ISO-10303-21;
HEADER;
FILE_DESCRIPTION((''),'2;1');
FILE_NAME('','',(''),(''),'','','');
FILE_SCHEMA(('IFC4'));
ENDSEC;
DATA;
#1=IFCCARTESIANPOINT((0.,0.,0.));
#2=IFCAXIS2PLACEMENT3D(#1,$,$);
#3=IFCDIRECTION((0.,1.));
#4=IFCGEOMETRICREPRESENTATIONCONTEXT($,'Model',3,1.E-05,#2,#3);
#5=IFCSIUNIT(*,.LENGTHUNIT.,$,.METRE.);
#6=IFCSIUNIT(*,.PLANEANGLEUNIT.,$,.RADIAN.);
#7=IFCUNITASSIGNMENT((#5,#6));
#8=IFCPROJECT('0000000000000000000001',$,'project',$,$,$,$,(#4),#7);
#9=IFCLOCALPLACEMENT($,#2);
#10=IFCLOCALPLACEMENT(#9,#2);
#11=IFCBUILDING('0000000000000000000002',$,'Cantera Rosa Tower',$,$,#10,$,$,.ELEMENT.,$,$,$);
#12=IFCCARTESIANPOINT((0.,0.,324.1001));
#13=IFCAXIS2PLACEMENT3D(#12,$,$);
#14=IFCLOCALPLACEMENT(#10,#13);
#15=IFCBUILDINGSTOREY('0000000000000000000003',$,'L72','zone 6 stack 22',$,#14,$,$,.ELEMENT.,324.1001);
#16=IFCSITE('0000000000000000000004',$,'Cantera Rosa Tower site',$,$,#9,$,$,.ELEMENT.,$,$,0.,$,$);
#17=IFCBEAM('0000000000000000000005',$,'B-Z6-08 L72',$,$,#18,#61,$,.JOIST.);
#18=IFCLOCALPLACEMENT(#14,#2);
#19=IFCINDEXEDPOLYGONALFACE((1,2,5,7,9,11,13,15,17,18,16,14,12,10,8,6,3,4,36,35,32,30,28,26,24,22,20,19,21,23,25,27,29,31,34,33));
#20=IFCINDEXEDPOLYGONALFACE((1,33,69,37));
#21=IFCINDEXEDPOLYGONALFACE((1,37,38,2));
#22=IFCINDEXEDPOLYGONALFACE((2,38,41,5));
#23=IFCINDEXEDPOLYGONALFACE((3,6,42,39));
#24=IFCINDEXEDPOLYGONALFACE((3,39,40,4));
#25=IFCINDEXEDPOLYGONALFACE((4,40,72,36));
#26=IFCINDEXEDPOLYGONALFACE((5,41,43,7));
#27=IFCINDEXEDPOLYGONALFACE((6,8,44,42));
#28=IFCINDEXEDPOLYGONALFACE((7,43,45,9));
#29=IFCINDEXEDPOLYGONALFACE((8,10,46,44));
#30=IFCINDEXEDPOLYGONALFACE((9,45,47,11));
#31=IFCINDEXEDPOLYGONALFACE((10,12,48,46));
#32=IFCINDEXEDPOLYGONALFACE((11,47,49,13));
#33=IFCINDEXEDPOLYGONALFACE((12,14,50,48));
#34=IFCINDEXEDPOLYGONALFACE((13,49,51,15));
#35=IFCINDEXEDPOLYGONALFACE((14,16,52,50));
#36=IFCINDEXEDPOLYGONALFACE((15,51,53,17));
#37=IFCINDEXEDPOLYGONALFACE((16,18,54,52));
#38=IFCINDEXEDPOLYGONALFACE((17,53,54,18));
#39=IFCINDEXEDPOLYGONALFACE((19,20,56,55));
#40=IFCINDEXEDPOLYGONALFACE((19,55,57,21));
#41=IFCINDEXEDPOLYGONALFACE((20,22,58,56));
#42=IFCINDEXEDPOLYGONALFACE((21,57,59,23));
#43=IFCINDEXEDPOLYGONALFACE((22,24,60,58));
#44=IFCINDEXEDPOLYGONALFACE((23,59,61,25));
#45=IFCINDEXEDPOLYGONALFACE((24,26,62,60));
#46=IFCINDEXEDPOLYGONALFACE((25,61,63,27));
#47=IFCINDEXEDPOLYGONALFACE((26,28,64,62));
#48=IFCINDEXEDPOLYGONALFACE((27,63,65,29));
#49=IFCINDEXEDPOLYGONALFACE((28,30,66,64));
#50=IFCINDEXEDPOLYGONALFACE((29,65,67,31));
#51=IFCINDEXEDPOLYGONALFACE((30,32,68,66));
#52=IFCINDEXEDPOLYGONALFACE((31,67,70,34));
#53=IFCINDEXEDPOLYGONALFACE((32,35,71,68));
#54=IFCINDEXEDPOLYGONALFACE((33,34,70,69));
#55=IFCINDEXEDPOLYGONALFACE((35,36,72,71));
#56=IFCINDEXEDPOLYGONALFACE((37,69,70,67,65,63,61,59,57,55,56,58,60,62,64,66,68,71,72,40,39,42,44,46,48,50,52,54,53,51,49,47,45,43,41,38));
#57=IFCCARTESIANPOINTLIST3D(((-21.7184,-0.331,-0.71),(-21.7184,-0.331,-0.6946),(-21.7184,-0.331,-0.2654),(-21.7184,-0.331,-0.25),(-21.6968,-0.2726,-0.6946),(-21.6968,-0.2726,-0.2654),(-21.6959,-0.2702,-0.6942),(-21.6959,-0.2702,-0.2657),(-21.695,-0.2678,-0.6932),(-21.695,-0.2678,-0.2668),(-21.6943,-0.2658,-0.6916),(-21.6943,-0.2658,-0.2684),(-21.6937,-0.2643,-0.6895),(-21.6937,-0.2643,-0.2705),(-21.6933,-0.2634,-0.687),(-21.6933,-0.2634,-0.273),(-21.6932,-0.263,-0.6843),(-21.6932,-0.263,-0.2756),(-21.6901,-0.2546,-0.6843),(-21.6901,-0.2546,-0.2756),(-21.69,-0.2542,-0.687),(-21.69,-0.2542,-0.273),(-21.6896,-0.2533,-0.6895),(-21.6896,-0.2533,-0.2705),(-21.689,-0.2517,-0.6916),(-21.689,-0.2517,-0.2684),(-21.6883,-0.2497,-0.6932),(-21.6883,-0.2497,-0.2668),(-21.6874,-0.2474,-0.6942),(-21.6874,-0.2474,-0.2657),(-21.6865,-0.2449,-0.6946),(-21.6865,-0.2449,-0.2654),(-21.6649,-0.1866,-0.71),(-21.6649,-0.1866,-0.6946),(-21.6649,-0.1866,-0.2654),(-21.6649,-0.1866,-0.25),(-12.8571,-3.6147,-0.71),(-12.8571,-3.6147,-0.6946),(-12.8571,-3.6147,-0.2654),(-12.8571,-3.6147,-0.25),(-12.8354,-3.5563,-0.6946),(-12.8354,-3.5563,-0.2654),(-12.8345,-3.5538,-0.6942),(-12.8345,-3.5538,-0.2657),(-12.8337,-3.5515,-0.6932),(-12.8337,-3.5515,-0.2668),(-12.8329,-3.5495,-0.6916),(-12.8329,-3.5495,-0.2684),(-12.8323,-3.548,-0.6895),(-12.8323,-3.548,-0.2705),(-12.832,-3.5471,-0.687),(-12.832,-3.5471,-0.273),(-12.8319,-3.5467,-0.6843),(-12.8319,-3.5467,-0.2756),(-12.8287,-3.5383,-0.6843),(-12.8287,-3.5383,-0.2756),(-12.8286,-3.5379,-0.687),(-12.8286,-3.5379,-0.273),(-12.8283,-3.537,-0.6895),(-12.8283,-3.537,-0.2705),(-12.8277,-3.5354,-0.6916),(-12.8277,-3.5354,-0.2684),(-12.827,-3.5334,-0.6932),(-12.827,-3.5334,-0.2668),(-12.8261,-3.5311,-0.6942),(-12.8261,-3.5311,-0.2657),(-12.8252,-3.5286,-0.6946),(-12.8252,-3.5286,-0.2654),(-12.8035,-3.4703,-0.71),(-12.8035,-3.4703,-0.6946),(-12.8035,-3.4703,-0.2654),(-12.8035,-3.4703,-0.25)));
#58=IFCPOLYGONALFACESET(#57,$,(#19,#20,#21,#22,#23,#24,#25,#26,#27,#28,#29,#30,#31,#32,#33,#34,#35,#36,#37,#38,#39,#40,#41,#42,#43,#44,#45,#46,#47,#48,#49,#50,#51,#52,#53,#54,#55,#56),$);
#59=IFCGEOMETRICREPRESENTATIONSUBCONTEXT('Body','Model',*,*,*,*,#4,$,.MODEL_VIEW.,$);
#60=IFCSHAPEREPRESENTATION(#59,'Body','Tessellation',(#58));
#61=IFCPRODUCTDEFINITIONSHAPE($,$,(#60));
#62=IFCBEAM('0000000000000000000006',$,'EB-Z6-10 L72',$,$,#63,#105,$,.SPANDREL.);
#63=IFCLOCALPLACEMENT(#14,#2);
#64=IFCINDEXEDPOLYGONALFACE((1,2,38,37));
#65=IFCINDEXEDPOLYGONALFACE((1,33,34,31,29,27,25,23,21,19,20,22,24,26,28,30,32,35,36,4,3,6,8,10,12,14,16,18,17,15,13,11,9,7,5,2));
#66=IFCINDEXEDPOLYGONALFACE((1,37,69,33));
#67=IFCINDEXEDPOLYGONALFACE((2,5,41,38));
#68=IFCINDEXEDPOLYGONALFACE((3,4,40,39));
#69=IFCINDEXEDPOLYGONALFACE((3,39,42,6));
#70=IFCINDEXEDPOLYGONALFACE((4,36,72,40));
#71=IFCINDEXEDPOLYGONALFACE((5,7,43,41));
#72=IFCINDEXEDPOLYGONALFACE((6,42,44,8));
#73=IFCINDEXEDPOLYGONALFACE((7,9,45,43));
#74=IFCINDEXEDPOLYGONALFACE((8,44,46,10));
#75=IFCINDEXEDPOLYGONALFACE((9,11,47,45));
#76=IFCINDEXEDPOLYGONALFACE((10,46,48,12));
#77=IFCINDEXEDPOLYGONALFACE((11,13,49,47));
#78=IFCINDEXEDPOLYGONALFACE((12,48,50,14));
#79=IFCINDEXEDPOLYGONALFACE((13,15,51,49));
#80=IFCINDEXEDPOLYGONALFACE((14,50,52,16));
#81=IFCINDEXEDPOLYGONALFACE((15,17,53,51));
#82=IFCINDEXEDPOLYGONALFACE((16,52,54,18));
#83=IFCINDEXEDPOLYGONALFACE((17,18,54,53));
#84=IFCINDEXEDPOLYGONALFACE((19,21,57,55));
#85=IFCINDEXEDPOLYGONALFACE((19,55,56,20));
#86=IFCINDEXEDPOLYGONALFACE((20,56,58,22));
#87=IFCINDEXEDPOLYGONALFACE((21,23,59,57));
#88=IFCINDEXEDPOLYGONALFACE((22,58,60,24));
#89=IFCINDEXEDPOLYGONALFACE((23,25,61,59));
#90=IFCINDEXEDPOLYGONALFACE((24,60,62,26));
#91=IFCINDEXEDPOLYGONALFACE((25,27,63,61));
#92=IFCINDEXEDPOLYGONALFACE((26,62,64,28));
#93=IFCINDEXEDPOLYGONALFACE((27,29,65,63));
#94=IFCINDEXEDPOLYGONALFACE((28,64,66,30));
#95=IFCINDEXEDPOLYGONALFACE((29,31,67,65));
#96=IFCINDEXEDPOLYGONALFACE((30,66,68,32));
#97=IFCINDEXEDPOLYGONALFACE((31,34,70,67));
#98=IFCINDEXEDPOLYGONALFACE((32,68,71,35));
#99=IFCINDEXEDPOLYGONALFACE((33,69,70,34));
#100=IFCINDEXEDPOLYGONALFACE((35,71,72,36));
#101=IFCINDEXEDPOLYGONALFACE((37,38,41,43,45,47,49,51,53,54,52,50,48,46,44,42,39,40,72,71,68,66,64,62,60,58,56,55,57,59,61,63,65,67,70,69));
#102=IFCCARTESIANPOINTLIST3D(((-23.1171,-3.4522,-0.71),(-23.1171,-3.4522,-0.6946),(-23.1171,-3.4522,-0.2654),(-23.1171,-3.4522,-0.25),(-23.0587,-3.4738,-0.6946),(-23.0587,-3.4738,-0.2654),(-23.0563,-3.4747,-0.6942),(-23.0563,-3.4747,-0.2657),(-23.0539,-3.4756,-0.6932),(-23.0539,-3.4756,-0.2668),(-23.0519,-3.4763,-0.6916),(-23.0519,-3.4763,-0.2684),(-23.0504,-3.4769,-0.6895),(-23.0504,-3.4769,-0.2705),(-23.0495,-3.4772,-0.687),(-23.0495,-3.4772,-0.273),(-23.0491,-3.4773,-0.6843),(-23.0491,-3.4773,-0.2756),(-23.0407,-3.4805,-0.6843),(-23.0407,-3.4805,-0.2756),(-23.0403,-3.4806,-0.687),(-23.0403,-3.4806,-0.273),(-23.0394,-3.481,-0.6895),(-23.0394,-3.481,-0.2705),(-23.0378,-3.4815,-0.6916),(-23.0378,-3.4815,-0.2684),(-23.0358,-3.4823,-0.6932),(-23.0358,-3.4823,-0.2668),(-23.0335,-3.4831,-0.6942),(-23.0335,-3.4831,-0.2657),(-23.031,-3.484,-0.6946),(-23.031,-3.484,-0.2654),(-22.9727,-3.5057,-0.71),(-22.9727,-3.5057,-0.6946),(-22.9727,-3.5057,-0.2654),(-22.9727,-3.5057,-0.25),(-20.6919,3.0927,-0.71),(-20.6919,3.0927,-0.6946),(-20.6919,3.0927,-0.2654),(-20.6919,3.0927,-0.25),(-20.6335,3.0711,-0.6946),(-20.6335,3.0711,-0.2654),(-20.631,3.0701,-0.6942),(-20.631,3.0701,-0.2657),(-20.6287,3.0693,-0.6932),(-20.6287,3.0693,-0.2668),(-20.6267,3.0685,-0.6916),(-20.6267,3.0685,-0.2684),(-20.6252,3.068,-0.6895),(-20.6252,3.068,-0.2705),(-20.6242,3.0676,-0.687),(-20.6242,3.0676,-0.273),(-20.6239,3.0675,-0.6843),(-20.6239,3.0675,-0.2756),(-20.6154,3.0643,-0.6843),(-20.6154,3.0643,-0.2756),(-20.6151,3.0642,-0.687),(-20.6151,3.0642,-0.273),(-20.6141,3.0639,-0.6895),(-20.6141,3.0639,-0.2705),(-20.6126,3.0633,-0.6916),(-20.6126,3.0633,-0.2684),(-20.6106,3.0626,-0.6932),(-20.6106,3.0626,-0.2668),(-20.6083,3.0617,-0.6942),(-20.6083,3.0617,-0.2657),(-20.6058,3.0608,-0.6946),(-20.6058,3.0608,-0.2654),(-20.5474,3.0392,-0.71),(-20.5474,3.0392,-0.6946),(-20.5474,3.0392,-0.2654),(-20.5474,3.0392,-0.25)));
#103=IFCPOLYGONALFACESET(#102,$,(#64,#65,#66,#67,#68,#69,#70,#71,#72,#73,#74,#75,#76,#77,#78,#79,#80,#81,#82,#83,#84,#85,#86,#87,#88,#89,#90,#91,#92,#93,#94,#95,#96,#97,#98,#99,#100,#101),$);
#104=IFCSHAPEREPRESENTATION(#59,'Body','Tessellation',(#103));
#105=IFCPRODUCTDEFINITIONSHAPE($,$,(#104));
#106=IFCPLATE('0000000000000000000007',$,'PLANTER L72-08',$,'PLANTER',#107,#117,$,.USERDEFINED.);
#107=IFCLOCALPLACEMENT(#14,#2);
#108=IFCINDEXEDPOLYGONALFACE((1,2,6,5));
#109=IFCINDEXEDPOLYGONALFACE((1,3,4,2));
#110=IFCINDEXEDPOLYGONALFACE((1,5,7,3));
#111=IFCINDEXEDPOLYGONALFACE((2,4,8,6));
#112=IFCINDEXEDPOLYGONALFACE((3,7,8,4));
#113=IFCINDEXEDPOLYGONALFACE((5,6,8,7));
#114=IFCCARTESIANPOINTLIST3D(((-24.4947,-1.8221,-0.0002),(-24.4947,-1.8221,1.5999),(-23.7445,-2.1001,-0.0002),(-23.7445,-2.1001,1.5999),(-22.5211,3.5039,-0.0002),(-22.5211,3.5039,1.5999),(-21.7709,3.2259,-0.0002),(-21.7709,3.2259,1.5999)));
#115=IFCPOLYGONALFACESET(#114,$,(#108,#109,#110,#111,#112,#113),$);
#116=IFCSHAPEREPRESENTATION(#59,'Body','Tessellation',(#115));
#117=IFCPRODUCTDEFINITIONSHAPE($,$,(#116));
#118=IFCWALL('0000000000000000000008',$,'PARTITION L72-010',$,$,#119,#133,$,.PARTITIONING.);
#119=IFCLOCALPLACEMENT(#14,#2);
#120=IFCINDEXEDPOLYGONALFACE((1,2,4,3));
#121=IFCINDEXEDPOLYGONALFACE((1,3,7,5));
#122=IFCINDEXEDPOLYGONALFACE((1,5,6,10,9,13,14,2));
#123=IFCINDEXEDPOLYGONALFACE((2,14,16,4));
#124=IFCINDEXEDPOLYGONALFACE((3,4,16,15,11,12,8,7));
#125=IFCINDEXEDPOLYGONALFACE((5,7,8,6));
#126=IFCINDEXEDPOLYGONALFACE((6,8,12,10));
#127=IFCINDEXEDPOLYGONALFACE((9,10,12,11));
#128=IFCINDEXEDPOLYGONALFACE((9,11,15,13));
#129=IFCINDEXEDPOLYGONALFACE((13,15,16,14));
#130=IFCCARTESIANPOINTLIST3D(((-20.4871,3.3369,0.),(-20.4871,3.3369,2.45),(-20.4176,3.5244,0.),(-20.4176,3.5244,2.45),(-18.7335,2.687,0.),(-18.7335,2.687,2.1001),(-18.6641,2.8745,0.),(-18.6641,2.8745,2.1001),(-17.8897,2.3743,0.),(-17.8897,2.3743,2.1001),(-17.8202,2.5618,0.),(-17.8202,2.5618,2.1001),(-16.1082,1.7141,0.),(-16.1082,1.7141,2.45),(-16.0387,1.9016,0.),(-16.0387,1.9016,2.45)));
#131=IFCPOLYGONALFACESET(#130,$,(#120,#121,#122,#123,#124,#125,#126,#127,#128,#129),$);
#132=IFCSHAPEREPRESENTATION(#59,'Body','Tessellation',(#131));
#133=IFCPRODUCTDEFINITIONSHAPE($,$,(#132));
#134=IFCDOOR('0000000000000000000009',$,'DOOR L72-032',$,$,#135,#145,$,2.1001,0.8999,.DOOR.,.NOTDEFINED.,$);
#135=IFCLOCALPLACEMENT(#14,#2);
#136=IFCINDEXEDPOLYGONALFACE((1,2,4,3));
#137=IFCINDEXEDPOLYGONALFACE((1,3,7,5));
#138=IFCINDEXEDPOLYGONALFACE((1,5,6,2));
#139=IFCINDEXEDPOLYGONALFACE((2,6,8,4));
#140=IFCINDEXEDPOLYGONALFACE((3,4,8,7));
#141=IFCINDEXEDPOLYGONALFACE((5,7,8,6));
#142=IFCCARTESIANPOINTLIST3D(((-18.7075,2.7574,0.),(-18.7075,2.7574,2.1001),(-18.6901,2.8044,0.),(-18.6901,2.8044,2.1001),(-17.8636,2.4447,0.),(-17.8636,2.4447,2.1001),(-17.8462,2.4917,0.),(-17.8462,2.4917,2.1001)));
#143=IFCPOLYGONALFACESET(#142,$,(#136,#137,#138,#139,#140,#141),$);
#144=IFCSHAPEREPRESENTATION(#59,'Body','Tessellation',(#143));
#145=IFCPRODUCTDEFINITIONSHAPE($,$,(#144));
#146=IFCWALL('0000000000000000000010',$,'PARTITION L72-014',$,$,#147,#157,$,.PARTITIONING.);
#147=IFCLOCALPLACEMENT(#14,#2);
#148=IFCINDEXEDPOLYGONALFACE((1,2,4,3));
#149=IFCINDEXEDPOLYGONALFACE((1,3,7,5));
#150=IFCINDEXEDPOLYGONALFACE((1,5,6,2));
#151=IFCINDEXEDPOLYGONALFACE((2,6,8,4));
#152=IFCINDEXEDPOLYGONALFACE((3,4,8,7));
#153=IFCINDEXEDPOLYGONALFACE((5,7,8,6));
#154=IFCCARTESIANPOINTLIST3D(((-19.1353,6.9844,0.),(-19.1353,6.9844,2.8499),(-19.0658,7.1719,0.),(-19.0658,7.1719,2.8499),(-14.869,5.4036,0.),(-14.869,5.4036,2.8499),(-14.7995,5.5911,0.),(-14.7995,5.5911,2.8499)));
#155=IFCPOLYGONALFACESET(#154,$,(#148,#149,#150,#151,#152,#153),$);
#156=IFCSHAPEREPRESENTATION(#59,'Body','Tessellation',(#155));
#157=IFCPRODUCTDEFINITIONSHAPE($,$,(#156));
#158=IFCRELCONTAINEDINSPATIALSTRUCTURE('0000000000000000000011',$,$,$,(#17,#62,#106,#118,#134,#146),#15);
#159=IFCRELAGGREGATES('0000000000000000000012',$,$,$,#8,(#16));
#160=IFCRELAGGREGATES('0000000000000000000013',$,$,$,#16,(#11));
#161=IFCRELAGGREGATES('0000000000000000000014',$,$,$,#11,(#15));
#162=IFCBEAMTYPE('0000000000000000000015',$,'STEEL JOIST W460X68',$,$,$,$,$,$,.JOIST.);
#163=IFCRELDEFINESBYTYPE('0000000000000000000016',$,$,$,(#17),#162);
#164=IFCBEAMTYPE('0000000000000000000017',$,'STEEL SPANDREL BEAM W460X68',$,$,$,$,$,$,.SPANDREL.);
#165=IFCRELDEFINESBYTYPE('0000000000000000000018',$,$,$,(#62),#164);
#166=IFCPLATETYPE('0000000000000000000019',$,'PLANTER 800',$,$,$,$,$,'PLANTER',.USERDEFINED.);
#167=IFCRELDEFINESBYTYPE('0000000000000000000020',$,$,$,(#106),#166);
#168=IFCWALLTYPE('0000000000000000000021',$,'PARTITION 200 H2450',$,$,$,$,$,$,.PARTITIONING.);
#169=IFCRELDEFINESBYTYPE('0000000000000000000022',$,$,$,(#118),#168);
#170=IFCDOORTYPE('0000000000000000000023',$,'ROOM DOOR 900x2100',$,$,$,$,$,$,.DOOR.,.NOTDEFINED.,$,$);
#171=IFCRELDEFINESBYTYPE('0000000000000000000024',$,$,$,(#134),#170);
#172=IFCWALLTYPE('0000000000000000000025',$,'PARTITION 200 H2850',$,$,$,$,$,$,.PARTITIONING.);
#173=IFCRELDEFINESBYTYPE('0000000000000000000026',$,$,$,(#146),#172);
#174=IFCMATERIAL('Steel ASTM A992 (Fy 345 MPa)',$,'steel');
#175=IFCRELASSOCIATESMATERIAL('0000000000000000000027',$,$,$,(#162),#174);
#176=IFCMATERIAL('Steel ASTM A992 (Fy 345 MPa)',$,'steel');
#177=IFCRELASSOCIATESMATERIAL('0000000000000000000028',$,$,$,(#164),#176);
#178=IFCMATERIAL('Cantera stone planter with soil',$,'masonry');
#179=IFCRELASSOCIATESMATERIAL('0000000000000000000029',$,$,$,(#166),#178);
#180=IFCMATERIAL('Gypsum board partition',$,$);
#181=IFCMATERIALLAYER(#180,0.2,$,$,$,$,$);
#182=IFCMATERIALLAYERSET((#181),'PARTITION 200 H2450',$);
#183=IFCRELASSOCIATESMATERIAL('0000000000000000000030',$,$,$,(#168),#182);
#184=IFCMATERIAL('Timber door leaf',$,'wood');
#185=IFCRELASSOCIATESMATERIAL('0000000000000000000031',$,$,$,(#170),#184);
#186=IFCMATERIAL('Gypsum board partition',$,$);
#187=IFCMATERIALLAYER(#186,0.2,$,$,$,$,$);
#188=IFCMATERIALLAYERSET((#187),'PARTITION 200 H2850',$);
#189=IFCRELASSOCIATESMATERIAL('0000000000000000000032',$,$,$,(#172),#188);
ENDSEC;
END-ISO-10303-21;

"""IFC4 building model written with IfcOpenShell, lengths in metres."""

from ifc_helpers import new_model, si_unit, direction, frame, frame_2d, origin, origin_2d, place, context, subcontext, project, spatial, rectangle, i_section, extrude, material, layer, layer_set, material_profile, profile_set, type_object, element, fill, save


model = new_model("IFC4")

# Units and contexts
model_context = context("Model", 3, precision=1e-05, world=origin(), true_north=direction((0.0, 1.0)))
body_context = subcontext(model_context, "Body", "Model", "MODEL_VIEW")
ifc_project = project(units=[si_unit("LENGTHUNIT", "METRE"), si_unit("PLANEANGLEUNIT", "RADIAN")], contexts=[model_context])

# Site, building, storey
site_placement = place(None, origin())
site = spatial("IfcSite", under=ifc_project, at=site_placement, Name="Cantera Rosa Tower site", CompositionType="ELEMENT", RefElevation=0.0)
building_placement = place(site_placement, origin())
building = spatial("IfcBuilding", under=site, at=building_placement, Name="Cantera Rosa Tower", CompositionType="ELEMENT")
storey_placement = place(building_placement, frame((0.0, 0.0, 324.1001)))
storey = spatial("IfcBuildingStorey", under=building, at=storey_placement, Name="L72", Description="zone 6 stack 22", CompositionType="ELEMENT", Elevation=324.1001)

# Beams
ifc_material_1 = material(Name="Steel ASTM A992 (Fy 345 MPa)", Category="steel")
ifc_material_profile_1 = material_profile(ifc_material_1, i_section(OverallWidth=0.1541, OverallDepth=0.46, WebThickness=0.009, FlangeThickness=0.0154, FilletRadius=0.0103, at=origin_2d()), Name="W460X68")
ifc_profile_set_1 = profile_set([ifc_material_profile_1], Name="Steel ASTM A992 (Fy 345 MPa)")
beam_type_1 = type_object("IfcBeamType", Name="STEEL JOIST W460X68", PredefinedType="JOIST", material=ifc_profile_set_1)
for number, where, z_axis, x_axis, name in (
    (1, (-21.6917, -0.2588, -0.48), (0.93769, -0.347474, 0.0), (0.347474, 0.93769, 0.0), "B-Z6-08 L72"),
):
    element("IfcBeam", number, at=place(storey_placement, frame(where, z_axis=z_axis, x_axis=x_axis)), inside=storey, type_object=beam_type_1, Name=name, PredefinedType="JOIST", context=body_context, shape_type="SweptSolid", body=[
        extrude(i_section(OverallWidth=0.1541, OverallDepth=0.46, WebThickness=0.009, FlangeThickness=0.0154, FilletRadius=0.0103, at=origin_2d()), origin(), (0.0, 0.0, 1.0), 9.4502),
    ])
ifc_material_2 = material(Name="Steel ASTM A992 (Fy 345 MPa)", Category="steel")
ifc_material_profile_2 = material_profile(ifc_material_2, i_section(OverallWidth=0.1541, OverallDepth=0.46, WebThickness=0.009, FlangeThickness=0.0154, FilletRadius=0.0103, at=origin_2d()), Name="W460X68")
ifc_profile_set_2 = profile_set([ifc_material_profile_2], Name="Steel ASTM A992 (Fy 345 MPa)")
beam_type_2 = type_object("IfcBeamType", Name="STEEL SPANDREL BEAM W460X68", PredefinedType="SPANDREL", material=ifc_profile_set_2)
beam_1_placement = place(storey_placement, frame((-20.6196, 3.0659, -0.48), z_axis=(-0.347472, -0.937691, 0.0), x_axis=(0.937691, -0.347472, 0.0)))
element("IfcBeam", 2, at=beam_1_placement, inside=storey, type_object=beam_type_2, Name="EB-Z6-10 L72", PredefinedType="SPANDREL", context=body_context, shape_type="SweptSolid", body=[
    extrude(i_section(OverallWidth=0.1541, OverallDepth=0.46, WebThickness=0.009, FlangeThickness=0.0154, FilletRadius=0.0103, at=origin_2d()), origin(), (0.0, 0.0, 1.0), 6.9797),
])

# Plate
ifc_material_3 = material(Name="Cantera stone planter with soil", Category="masonry")
plate_type = type_object("IfcPlateType", Name="PLANTER 800", ElementType="PLANTER", PredefinedType="USERDEFINED", material=ifc_material_3)
plate_placement = place(storey_placement, frame((-23.1328, 0.7019, -0.0002), z_axis=(0.0, 0.0, 1.0), x_axis=(-0.347481, -0.937687, 0.0)))
element("IfcPlate", 3, at=plate_placement, inside=storey, type_object=plate_type, Name="PLANTER L72-08", ObjectType="PLANTER", PredefinedType="USERDEFINED", context=body_context, shape_type="SweptSolid", body=[
    extrude(rectangle(XDim=5.6799, YDim=0.8, at=origin_2d()), origin(), (0.0, 0.0, 1.0), 1.6001),
])

# Wall, opening, door
ifc_material_4 = material(Name="Gypsum board partition")
ifc_layer_1 = layer(ifc_material_4, 0.2)
ifc_layer_set_1 = layer_set([ifc_layer_1], Name="PARTITION 200 H2450")
wall_type_1 = type_object("IfcWallType", Name="PARTITION 200 H2450", PredefinedType="PARTITIONING", material=ifc_layer_set_1)
wall_1_placement = place(storey_placement, frame((-16.0735, 1.8079, 0.0), z_axis=(0.0, 0.0, 1.0), x_axis=(-0.93768, 0.3475, 0.0)))
wall_1 = element("IfcWall", 4, at=wall_1_placement, inside=storey, type_object=wall_type_1, Name="PARTITION L72-010", PredefinedType="PARTITIONING", context=body_context, shape_type="SweptSolid", body=[
    extrude(rectangle(XDim=4.6699, YDim=0.2, at=frame_2d((2.335, 0.0))), origin(), (0.0, 0.0, 1.0), 2.45),
])
opening_1_placement = place(wall_1_placement, frame((1.8999, 0.0, 0.0)))
opening_1 = element("IfcOpeningElement", 5, at=opening_1_placement, cuts=wall_1, PredefinedType="OPENING", context=body_context, shape_type="SweptSolid", body=[
    extrude(rectangle(XDim=0.8999, YDim=2.1001, at=frame_2d((0.45, 1.05))), frame((0.0, 0.1099, 0.0), z_axis=(0.0, -1.0, 0.0), x_axis=(1.0, 0.0, 0.0)), (0.0, 0.0, 1.0), 0.22),
])
ifc_material_5 = material(Name="Timber door leaf", Category="wood")
door_type_1 = type_object("IfcDoorType", Name="ROOM DOOR 900x2100", OperationType="NOTDEFINED", PredefinedType="DOOR", material=ifc_material_5)
door_1_placement = place(opening_1_placement, origin())
door_1 = element("IfcDoor", 6, at=door_1_placement, inside=storey, type_object=door_type_1, Name="DOOR L72-032", OperationType="NOTDEFINED", OverallHeight=2.1001, OverallWidth=0.8999, PredefinedType="DOOR", context=body_context, shape_type="SweptSolid", body=[
    extrude(rectangle(XDim=0.8999, YDim=2.1001, at=frame_2d((0.45, 1.05))), frame((0.0, 0.0249, 0.0), z_axis=(0.0, -1.0, 0.0), x_axis=(1.0, 0.0, 0.0)), (0.0, 0.0, 1.0), 0.05),
])
fill(opening_1, door_1)

# Wall
ifc_material_6 = material(Name="Gypsum board partition")
ifc_layer_2 = layer(ifc_material_6, 0.2)
ifc_layer_set_2 = layer_set([ifc_layer_2], Name="PARTITION 200 H2850")
wall_type_2 = type_object("IfcWallType", Name="PARTITION 200 H2850", PredefinedType="PARTITIONING", material=ifc_layer_set_2)
wall_2_placement = place(storey_placement, frame((-14.8342, 5.4973, 0.0), z_axis=(0.0, 0.0, 1.0), x_axis=(-0.9377, 0.347445, 0.0)))
element("IfcWall", 7, at=wall_2_placement, inside=storey, type_object=wall_type_2, Name="PARTITION L72-014", PredefinedType="PARTITIONING", context=body_context, shape_type="SweptSolid", body=[
    extrude(rectangle(XDim=4.5498, YDim=0.2, at=frame_2d((2.2749, 0.0))), origin(), (0.0, 0.0, 1.0), 2.8499),
])

save(model, "model.ifc")
